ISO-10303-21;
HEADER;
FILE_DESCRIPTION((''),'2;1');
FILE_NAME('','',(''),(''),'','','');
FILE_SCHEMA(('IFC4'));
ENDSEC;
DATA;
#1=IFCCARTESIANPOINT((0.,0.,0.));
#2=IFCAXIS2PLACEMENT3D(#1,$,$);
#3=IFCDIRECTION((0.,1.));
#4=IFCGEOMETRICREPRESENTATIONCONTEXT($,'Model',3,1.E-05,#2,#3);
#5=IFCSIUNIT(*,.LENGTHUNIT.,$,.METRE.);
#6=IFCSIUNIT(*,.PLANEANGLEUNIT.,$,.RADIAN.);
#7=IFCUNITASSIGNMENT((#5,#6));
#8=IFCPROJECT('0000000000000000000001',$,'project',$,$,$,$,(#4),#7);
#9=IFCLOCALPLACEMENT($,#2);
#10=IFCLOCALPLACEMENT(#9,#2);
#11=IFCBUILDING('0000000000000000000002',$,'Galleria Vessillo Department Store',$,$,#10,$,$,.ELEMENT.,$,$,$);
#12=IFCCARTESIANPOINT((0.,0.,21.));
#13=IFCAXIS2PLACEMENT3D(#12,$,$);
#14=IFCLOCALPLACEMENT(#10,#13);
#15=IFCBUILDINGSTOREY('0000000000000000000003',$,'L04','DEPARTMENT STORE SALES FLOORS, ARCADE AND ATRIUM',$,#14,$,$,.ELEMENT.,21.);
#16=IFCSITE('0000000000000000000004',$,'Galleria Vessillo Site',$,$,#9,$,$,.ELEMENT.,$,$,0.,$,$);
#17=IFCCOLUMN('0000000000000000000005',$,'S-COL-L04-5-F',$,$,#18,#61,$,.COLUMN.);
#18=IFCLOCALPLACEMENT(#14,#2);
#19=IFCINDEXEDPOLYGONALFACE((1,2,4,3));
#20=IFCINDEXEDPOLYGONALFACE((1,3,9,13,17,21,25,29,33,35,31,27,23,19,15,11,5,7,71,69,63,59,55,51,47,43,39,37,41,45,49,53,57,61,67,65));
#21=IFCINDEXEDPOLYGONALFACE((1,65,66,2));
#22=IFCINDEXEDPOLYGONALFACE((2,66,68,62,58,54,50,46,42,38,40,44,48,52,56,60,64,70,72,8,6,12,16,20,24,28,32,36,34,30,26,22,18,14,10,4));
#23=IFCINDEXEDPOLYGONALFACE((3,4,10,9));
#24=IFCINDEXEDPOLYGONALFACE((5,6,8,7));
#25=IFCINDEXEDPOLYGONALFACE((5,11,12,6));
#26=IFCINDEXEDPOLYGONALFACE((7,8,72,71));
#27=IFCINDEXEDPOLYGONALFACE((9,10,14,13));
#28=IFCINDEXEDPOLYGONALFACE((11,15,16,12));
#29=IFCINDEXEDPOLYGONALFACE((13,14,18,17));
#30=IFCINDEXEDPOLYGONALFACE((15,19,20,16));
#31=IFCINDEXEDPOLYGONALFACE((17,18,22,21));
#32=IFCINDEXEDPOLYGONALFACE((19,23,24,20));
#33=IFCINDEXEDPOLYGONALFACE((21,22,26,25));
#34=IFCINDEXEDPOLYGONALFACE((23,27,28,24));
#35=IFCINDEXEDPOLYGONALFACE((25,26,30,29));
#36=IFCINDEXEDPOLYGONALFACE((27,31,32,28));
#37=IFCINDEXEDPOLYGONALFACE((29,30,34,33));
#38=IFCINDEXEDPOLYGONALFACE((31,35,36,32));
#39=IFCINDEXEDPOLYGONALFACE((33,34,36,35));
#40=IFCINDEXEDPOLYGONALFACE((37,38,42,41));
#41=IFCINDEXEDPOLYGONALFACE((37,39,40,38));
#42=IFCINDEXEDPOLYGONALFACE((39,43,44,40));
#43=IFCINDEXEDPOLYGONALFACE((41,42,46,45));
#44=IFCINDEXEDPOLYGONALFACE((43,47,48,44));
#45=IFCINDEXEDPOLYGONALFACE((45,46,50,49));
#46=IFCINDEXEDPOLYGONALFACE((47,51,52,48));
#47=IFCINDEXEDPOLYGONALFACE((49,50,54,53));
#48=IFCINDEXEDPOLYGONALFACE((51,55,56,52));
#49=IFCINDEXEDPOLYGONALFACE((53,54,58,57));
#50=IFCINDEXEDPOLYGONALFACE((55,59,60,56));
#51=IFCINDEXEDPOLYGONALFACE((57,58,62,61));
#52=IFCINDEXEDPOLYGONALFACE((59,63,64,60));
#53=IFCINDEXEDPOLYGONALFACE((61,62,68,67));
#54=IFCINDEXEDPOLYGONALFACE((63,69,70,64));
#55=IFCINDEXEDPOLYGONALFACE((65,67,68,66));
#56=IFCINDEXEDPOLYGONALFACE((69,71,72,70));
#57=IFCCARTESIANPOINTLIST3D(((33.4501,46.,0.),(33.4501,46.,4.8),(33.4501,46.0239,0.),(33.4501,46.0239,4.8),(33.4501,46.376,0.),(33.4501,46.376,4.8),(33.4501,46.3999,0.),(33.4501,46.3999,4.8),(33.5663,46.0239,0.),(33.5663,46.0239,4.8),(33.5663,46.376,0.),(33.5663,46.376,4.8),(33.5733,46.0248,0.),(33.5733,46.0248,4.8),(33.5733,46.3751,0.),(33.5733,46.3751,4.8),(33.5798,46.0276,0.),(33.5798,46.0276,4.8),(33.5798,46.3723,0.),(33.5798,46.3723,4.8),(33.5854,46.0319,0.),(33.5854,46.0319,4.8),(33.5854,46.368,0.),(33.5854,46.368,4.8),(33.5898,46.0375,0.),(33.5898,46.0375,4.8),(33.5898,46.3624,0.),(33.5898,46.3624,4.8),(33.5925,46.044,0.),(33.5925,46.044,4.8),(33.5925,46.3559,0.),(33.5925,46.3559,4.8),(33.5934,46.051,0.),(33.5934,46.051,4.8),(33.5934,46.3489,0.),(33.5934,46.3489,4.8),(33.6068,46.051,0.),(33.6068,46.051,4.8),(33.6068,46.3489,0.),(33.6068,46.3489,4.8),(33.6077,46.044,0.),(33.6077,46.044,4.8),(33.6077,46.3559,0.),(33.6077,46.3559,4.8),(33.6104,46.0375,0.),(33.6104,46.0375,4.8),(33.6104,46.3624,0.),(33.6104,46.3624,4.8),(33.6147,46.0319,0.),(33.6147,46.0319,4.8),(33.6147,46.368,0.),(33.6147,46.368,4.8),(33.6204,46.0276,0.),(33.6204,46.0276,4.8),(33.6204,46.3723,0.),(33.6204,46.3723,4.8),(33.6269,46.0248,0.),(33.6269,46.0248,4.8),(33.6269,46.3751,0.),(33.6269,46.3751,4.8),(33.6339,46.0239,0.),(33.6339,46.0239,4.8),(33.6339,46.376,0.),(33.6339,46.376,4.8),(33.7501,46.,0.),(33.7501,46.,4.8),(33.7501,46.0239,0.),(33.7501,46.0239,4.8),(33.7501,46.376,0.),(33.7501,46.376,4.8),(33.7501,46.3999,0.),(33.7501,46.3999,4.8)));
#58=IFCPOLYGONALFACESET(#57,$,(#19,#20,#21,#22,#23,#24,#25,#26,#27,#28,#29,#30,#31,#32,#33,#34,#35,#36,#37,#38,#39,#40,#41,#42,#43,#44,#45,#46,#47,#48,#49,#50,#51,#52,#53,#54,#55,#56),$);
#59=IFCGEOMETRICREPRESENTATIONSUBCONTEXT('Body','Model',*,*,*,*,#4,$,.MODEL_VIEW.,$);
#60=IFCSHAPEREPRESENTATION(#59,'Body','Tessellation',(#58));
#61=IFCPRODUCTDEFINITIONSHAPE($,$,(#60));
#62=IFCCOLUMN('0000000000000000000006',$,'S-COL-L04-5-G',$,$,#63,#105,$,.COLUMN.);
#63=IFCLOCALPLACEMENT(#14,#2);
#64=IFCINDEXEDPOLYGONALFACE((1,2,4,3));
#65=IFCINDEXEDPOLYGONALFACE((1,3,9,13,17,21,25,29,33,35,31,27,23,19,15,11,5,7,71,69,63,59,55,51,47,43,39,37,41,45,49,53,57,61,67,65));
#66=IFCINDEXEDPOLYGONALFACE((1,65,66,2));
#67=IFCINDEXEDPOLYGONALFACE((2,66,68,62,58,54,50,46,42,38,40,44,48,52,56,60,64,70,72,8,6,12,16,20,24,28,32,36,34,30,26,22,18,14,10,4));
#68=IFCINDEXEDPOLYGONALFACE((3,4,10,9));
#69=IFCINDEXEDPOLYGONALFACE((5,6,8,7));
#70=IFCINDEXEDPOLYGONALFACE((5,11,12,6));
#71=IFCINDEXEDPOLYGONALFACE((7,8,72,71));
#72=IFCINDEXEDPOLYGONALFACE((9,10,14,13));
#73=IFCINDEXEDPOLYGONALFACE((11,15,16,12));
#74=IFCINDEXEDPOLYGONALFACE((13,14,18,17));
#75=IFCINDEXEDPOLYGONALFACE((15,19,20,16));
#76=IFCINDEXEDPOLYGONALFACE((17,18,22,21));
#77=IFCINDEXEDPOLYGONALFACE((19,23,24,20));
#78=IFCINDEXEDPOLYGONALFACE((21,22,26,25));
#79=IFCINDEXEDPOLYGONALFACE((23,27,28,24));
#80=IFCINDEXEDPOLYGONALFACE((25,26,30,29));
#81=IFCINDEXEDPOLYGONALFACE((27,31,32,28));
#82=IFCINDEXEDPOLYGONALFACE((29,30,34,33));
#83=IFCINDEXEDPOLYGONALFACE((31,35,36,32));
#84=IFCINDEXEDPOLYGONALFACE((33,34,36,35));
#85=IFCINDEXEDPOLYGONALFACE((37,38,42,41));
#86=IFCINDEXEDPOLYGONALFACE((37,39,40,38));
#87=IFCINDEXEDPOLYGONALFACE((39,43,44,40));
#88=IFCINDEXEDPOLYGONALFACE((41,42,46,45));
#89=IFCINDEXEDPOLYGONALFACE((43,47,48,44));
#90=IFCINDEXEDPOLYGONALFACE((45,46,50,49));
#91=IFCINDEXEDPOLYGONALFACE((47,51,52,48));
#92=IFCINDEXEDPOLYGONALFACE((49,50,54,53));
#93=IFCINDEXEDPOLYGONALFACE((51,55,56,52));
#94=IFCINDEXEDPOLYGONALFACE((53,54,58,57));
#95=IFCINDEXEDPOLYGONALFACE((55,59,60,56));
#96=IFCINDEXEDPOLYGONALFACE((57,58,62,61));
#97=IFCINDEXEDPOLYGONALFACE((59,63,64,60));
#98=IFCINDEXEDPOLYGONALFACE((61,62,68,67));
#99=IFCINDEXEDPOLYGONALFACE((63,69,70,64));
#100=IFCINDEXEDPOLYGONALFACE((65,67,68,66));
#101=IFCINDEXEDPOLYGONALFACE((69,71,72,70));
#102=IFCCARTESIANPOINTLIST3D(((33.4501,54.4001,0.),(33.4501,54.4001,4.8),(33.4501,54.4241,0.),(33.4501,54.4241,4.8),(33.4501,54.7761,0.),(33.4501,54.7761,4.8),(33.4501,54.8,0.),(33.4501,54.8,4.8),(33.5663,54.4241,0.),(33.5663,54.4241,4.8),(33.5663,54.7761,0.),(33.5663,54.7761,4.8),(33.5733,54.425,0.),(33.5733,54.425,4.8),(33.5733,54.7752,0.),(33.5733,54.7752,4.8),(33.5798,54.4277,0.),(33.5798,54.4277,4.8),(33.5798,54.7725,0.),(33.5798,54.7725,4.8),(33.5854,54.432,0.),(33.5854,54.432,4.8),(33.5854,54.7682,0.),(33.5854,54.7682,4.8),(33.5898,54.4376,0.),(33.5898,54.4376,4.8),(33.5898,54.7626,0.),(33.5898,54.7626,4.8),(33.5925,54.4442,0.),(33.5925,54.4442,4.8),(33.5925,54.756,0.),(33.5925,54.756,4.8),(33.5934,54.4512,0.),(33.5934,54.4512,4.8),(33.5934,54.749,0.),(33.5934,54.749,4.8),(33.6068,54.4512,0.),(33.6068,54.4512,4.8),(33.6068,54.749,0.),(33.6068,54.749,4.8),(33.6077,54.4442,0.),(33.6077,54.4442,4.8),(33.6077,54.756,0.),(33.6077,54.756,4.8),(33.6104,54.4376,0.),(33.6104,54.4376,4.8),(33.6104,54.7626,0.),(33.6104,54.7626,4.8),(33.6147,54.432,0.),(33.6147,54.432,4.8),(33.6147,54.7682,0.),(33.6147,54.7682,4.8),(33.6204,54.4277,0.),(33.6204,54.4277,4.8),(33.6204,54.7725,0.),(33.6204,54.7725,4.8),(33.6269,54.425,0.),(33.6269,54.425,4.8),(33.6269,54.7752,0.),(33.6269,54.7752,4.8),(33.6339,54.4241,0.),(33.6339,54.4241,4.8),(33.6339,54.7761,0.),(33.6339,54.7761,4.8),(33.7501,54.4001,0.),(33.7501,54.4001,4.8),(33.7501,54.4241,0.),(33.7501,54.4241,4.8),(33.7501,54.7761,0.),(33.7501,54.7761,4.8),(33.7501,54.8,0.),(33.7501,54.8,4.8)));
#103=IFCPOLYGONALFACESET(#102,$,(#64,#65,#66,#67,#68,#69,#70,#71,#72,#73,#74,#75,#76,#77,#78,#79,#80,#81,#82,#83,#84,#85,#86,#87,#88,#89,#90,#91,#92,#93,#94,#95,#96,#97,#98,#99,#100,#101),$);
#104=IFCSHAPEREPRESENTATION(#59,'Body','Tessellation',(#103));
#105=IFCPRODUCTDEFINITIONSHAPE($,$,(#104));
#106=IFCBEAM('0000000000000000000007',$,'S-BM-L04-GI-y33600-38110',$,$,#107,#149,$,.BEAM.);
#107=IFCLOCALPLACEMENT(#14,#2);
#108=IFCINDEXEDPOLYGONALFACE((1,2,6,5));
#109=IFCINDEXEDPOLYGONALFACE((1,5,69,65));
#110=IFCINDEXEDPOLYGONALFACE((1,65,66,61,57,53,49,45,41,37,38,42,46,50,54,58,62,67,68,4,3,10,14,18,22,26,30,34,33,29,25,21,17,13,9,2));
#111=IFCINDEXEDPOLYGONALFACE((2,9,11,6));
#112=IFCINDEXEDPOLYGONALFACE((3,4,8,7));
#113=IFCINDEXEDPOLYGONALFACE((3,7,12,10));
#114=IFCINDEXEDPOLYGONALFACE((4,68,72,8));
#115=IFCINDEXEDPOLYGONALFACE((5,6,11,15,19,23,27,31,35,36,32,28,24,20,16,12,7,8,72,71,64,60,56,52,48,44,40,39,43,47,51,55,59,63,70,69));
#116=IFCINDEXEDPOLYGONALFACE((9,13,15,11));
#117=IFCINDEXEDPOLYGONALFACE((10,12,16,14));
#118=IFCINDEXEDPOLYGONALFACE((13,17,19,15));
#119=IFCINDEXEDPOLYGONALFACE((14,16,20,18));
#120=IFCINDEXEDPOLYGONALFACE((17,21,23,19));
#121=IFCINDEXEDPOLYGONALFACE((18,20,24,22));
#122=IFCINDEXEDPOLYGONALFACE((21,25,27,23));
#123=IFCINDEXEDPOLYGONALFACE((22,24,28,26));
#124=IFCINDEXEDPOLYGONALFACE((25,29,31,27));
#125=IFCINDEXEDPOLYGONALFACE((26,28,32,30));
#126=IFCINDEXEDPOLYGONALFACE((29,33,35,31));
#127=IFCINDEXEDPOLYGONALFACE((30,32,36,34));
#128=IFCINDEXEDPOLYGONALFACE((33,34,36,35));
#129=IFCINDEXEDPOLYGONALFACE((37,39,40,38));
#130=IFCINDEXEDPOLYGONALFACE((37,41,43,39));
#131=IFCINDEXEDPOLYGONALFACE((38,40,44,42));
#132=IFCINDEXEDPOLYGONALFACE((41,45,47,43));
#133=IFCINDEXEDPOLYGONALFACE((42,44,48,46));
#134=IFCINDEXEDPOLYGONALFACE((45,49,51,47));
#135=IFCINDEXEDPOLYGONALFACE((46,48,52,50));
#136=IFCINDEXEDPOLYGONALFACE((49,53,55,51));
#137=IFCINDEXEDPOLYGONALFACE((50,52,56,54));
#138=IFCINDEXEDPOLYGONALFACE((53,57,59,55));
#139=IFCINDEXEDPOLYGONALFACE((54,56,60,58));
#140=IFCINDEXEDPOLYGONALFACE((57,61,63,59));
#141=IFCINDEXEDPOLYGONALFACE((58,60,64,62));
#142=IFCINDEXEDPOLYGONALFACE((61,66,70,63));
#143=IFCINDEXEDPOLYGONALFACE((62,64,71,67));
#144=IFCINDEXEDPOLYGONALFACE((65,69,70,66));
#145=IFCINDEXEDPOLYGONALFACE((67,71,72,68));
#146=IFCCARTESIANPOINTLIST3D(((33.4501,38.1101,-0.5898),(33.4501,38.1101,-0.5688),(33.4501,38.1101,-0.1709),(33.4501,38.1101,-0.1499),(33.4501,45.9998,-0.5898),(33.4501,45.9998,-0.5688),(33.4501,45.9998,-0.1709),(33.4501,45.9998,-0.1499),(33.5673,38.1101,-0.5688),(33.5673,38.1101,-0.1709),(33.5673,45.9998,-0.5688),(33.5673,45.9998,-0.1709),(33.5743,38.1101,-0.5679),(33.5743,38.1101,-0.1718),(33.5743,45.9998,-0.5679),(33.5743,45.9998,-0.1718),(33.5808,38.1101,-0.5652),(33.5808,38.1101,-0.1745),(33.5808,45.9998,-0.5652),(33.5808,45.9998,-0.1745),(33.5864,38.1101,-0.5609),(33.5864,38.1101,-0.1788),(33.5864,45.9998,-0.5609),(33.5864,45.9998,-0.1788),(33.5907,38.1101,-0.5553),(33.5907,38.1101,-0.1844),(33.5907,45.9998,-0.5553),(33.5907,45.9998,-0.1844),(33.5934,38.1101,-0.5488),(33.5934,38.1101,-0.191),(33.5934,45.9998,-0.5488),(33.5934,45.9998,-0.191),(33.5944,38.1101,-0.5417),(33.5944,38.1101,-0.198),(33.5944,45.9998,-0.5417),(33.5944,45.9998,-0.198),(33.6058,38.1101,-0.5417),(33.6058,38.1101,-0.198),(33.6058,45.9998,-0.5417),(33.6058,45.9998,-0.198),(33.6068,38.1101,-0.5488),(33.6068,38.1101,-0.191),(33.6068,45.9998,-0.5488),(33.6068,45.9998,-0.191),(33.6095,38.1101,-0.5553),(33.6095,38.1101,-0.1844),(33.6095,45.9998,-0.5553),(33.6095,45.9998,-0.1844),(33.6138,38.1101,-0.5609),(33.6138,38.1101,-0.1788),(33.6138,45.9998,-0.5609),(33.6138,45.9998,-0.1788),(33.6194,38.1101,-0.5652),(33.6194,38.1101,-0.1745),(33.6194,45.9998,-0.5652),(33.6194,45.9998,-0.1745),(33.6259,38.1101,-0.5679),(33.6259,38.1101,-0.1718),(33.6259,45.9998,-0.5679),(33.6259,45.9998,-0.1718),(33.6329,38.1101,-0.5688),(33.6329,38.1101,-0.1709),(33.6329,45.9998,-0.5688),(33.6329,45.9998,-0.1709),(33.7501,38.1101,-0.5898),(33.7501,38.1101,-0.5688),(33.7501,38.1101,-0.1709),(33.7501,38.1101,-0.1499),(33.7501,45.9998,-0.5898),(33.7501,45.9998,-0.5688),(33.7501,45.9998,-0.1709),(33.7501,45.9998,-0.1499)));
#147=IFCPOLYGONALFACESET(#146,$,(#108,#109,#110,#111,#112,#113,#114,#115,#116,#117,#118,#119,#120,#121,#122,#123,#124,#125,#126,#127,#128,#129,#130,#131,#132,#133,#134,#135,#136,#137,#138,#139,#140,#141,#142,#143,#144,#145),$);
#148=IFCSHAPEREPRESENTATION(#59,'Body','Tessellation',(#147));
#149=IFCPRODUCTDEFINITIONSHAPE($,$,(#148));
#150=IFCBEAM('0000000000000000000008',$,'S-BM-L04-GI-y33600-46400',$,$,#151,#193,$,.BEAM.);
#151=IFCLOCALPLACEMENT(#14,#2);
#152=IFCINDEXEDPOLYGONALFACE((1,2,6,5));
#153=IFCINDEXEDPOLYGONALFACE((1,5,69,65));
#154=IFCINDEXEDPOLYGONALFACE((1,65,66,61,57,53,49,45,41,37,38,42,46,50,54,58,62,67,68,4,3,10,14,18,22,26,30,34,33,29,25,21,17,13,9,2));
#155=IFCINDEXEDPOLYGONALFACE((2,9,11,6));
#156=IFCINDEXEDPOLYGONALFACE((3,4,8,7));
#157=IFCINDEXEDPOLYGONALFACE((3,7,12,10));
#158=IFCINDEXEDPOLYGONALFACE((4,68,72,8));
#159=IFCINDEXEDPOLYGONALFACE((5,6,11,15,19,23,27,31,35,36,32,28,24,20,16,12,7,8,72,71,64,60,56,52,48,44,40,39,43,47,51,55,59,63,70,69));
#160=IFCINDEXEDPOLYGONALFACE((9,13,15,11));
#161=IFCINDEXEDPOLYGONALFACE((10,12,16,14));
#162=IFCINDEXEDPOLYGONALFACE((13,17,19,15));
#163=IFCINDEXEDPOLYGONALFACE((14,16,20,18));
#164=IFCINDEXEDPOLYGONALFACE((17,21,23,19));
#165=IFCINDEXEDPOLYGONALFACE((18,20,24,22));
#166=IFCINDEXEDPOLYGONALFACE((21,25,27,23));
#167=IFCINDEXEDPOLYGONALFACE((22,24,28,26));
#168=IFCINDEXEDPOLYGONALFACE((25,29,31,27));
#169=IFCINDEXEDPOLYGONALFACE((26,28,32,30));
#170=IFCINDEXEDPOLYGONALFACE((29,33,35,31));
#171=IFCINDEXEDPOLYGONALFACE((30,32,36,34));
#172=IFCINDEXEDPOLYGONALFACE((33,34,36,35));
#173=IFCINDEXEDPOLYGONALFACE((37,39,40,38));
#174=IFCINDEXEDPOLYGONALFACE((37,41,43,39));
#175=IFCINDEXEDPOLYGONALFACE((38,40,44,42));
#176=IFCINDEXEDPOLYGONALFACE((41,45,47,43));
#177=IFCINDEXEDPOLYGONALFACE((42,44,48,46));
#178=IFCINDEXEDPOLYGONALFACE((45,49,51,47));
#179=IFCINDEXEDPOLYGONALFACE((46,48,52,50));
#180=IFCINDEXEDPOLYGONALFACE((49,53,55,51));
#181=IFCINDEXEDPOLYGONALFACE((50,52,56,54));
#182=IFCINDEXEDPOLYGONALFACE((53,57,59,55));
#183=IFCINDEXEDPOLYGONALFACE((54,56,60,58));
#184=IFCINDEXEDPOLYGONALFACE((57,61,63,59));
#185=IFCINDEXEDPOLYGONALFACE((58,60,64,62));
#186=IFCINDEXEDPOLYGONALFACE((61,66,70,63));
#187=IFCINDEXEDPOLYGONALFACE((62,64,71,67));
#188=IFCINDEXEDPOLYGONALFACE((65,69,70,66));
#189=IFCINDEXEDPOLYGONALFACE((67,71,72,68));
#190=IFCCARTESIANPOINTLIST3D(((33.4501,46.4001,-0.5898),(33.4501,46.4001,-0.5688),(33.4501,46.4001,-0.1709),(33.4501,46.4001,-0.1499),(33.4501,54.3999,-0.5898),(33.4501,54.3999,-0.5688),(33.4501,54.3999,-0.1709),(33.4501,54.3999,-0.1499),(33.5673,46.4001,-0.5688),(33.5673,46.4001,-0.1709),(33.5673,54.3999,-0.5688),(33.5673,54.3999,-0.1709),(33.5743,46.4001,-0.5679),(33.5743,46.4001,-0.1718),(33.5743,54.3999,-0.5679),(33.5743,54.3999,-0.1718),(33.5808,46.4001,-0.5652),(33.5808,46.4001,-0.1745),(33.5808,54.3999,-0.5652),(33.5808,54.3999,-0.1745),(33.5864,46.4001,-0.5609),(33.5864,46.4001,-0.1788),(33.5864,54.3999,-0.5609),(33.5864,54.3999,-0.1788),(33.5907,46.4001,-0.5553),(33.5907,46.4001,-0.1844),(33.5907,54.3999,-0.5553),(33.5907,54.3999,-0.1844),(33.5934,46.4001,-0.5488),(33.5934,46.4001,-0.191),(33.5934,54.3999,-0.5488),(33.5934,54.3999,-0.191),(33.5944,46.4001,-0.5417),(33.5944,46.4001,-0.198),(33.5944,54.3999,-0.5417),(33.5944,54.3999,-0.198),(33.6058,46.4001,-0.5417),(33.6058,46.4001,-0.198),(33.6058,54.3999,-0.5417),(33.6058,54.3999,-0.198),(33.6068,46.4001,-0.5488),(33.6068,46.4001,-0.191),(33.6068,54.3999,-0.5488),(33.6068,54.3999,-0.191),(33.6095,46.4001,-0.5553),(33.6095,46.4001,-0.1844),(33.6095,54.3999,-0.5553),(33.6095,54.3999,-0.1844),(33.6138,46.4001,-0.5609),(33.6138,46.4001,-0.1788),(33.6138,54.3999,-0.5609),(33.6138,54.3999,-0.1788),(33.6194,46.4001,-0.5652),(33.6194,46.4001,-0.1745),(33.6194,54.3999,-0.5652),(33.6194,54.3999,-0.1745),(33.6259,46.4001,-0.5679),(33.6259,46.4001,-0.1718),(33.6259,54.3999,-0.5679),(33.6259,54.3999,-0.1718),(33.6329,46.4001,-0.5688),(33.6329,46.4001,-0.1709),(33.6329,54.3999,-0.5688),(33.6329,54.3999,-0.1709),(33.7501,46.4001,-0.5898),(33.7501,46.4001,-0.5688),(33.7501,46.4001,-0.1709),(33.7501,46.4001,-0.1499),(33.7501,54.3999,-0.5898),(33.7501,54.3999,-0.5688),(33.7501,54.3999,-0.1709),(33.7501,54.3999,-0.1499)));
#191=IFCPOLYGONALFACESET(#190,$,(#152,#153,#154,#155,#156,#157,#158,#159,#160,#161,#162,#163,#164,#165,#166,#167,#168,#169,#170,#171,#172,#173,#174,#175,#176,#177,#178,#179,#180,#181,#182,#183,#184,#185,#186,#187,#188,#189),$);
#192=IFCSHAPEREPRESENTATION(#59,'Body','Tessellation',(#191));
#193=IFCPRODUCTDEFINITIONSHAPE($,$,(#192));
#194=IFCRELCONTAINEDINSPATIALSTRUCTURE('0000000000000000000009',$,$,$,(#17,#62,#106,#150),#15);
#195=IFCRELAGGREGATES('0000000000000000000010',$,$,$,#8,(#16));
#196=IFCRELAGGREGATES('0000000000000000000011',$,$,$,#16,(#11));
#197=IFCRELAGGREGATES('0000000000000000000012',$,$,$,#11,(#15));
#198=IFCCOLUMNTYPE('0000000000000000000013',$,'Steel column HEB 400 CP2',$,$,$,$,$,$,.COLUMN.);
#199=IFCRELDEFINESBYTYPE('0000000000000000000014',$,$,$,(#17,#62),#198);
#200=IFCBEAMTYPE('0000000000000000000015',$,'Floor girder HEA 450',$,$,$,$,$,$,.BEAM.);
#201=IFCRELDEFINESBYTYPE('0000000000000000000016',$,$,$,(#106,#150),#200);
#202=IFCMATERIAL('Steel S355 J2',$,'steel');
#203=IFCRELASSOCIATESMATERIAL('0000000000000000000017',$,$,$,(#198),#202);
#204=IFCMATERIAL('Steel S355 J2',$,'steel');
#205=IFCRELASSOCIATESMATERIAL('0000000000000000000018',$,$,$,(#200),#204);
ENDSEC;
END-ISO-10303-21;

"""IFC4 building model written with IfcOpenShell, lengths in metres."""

from ifc_helpers import new_model, si_unit, direction, frame, origin, origin_2d, place, context, subcontext, project, spatial, i_section, extrude, material, material_profile, profile_set, type_object, element, save


model = new_model("IFC4")

# Units and contexts
model_context = context("Model", 3, precision=1e-05, world=origin(), true_north=direction((0.0, 1.0)))
body_context = subcontext(model_context, "Body", "Model", "MODEL_VIEW")
ifc_project = project(units=[si_unit("LENGTHUNIT", "METRE"), si_unit("PLANEANGLEUNIT", "RADIAN")], contexts=[model_context])

# Site, building, storey
site_placement = place(None, origin())
site = spatial("IfcSite", under=ifc_project, at=site_placement, Name="Galleria Vessillo Site", CompositionType="ELEMENT", RefElevation=0.0)
building_placement = place(site_placement, origin())
building = spatial("IfcBuilding", under=site, at=building_placement, Name="Galleria Vessillo Department Store", CompositionType="ELEMENT")
storey_placement = place(building_placement, frame((0.0, 0.0, 21.0)))
storey = spatial("IfcBuildingStorey", under=building, at=storey_placement, Name="L04", Description="DEPARTMENT STORE SALES FLOORS, ARCADE AND ATRIUM", CompositionType="ELEMENT", Elevation=21.0)

# Columns
ifc_material_1 = material(Name="Steel S355 J2", Category="steel")
ifc_material_profile_1 = material_profile(ifc_material_1, i_section(OverallWidth=0.3, OverallDepth=0.3999, WebThickness=0.0134, FlangeThickness=0.0239, FilletRadius=0.0271, at=origin_2d()), Name="HEB 400")
ifc_profile_set_1 = profile_set([ifc_material_profile_1], Name="Steel S355 J2")
column_type = type_object("IfcColumnType", Name="Steel column HEB 400 CP2", PredefinedType="COLUMN", material=ifc_profile_set_1)
for number, where, z_axis, x_axis, name in (
    (1, (33.6001, 46.2, 0.0), (0.0, 0.0, 1.0), (1.0, 0.0, 0.0), "S-COL-L04-5-F"),
    (2, (33.6001, 54.6001, 0.0), (0.0, 0.0, 1.0), (1.0, 0.0, 0.0), "S-COL-L04-5-G"),
):
    element("IfcColumn", number, at=place(storey_placement, frame(where, z_axis=z_axis, x_axis=x_axis)), inside=storey, type_object=column_type, Name=name, PredefinedType="COLUMN", context=body_context, shape_type="SweptSolid", body=[
        extrude(i_section(OverallWidth=0.3, OverallDepth=0.3999, WebThickness=0.0134, FlangeThickness=0.0239, FilletRadius=0.0271, at=origin_2d()), origin(), (0.0, 0.0, 1.0), 4.8),
    ])

# Beams
ifc_material_2 = material(Name="Steel S355 J2", Category="steel")
ifc_material_profile_2 = material_profile(ifc_material_2, i_section(OverallWidth=0.3, OverallDepth=0.4399, WebThickness=0.0115, FlangeThickness=0.021, FilletRadius=0.0271, at=origin_2d()), Name="HEA 450")
ifc_profile_set_2 = profile_set([ifc_material_profile_2], Name="Steel S355 J2")
beam_type_1 = type_object("IfcBeamType", Name="Floor girder HEA 450", PredefinedType="BEAM", material=ifc_profile_set_2)
beam_1_placement = place(storey_placement, frame((33.6001, 38.1101, -0.3699), z_axis=(0.0, 1.0, 0.0), x_axis=(-1.0, 0.0, 0.0)))
element("IfcBeam", 3, at=beam_1_placement, inside=storey, type_object=beam_type_1, Name="S-BM-L04-GI-y33600-38110", PredefinedType="BEAM", context=body_context, shape_type="SweptSolid", body=[
    extrude(i_section(OverallWidth=0.3, OverallDepth=0.4399, WebThickness=0.0115, FlangeThickness=0.021, FilletRadius=0.0271, at=origin_2d()), origin(), (0.0, 0.0, 1.0), 7.8896),
])
beam_2_placement = place(storey_placement, frame((33.6001, 46.4001, -0.3699), z_axis=(0.0, 1.0, 0.0), x_axis=(-1.0, 0.0, 0.0)))
element("IfcBeam", 4, at=beam_2_placement, inside=storey, type_object=beam_type_1, Name="S-BM-L04-GI-y33600-46400", PredefinedType="BEAM", context=body_context, shape_type="SweptSolid", body=[
    extrude(i_section(OverallWidth=0.3, OverallDepth=0.4399, WebThickness=0.0115, FlangeThickness=0.021, FilletRadius=0.0271, at=origin_2d()), origin(), (0.0, 0.0, 1.0), 7.9998),
])

save(model, "model.ifc")
